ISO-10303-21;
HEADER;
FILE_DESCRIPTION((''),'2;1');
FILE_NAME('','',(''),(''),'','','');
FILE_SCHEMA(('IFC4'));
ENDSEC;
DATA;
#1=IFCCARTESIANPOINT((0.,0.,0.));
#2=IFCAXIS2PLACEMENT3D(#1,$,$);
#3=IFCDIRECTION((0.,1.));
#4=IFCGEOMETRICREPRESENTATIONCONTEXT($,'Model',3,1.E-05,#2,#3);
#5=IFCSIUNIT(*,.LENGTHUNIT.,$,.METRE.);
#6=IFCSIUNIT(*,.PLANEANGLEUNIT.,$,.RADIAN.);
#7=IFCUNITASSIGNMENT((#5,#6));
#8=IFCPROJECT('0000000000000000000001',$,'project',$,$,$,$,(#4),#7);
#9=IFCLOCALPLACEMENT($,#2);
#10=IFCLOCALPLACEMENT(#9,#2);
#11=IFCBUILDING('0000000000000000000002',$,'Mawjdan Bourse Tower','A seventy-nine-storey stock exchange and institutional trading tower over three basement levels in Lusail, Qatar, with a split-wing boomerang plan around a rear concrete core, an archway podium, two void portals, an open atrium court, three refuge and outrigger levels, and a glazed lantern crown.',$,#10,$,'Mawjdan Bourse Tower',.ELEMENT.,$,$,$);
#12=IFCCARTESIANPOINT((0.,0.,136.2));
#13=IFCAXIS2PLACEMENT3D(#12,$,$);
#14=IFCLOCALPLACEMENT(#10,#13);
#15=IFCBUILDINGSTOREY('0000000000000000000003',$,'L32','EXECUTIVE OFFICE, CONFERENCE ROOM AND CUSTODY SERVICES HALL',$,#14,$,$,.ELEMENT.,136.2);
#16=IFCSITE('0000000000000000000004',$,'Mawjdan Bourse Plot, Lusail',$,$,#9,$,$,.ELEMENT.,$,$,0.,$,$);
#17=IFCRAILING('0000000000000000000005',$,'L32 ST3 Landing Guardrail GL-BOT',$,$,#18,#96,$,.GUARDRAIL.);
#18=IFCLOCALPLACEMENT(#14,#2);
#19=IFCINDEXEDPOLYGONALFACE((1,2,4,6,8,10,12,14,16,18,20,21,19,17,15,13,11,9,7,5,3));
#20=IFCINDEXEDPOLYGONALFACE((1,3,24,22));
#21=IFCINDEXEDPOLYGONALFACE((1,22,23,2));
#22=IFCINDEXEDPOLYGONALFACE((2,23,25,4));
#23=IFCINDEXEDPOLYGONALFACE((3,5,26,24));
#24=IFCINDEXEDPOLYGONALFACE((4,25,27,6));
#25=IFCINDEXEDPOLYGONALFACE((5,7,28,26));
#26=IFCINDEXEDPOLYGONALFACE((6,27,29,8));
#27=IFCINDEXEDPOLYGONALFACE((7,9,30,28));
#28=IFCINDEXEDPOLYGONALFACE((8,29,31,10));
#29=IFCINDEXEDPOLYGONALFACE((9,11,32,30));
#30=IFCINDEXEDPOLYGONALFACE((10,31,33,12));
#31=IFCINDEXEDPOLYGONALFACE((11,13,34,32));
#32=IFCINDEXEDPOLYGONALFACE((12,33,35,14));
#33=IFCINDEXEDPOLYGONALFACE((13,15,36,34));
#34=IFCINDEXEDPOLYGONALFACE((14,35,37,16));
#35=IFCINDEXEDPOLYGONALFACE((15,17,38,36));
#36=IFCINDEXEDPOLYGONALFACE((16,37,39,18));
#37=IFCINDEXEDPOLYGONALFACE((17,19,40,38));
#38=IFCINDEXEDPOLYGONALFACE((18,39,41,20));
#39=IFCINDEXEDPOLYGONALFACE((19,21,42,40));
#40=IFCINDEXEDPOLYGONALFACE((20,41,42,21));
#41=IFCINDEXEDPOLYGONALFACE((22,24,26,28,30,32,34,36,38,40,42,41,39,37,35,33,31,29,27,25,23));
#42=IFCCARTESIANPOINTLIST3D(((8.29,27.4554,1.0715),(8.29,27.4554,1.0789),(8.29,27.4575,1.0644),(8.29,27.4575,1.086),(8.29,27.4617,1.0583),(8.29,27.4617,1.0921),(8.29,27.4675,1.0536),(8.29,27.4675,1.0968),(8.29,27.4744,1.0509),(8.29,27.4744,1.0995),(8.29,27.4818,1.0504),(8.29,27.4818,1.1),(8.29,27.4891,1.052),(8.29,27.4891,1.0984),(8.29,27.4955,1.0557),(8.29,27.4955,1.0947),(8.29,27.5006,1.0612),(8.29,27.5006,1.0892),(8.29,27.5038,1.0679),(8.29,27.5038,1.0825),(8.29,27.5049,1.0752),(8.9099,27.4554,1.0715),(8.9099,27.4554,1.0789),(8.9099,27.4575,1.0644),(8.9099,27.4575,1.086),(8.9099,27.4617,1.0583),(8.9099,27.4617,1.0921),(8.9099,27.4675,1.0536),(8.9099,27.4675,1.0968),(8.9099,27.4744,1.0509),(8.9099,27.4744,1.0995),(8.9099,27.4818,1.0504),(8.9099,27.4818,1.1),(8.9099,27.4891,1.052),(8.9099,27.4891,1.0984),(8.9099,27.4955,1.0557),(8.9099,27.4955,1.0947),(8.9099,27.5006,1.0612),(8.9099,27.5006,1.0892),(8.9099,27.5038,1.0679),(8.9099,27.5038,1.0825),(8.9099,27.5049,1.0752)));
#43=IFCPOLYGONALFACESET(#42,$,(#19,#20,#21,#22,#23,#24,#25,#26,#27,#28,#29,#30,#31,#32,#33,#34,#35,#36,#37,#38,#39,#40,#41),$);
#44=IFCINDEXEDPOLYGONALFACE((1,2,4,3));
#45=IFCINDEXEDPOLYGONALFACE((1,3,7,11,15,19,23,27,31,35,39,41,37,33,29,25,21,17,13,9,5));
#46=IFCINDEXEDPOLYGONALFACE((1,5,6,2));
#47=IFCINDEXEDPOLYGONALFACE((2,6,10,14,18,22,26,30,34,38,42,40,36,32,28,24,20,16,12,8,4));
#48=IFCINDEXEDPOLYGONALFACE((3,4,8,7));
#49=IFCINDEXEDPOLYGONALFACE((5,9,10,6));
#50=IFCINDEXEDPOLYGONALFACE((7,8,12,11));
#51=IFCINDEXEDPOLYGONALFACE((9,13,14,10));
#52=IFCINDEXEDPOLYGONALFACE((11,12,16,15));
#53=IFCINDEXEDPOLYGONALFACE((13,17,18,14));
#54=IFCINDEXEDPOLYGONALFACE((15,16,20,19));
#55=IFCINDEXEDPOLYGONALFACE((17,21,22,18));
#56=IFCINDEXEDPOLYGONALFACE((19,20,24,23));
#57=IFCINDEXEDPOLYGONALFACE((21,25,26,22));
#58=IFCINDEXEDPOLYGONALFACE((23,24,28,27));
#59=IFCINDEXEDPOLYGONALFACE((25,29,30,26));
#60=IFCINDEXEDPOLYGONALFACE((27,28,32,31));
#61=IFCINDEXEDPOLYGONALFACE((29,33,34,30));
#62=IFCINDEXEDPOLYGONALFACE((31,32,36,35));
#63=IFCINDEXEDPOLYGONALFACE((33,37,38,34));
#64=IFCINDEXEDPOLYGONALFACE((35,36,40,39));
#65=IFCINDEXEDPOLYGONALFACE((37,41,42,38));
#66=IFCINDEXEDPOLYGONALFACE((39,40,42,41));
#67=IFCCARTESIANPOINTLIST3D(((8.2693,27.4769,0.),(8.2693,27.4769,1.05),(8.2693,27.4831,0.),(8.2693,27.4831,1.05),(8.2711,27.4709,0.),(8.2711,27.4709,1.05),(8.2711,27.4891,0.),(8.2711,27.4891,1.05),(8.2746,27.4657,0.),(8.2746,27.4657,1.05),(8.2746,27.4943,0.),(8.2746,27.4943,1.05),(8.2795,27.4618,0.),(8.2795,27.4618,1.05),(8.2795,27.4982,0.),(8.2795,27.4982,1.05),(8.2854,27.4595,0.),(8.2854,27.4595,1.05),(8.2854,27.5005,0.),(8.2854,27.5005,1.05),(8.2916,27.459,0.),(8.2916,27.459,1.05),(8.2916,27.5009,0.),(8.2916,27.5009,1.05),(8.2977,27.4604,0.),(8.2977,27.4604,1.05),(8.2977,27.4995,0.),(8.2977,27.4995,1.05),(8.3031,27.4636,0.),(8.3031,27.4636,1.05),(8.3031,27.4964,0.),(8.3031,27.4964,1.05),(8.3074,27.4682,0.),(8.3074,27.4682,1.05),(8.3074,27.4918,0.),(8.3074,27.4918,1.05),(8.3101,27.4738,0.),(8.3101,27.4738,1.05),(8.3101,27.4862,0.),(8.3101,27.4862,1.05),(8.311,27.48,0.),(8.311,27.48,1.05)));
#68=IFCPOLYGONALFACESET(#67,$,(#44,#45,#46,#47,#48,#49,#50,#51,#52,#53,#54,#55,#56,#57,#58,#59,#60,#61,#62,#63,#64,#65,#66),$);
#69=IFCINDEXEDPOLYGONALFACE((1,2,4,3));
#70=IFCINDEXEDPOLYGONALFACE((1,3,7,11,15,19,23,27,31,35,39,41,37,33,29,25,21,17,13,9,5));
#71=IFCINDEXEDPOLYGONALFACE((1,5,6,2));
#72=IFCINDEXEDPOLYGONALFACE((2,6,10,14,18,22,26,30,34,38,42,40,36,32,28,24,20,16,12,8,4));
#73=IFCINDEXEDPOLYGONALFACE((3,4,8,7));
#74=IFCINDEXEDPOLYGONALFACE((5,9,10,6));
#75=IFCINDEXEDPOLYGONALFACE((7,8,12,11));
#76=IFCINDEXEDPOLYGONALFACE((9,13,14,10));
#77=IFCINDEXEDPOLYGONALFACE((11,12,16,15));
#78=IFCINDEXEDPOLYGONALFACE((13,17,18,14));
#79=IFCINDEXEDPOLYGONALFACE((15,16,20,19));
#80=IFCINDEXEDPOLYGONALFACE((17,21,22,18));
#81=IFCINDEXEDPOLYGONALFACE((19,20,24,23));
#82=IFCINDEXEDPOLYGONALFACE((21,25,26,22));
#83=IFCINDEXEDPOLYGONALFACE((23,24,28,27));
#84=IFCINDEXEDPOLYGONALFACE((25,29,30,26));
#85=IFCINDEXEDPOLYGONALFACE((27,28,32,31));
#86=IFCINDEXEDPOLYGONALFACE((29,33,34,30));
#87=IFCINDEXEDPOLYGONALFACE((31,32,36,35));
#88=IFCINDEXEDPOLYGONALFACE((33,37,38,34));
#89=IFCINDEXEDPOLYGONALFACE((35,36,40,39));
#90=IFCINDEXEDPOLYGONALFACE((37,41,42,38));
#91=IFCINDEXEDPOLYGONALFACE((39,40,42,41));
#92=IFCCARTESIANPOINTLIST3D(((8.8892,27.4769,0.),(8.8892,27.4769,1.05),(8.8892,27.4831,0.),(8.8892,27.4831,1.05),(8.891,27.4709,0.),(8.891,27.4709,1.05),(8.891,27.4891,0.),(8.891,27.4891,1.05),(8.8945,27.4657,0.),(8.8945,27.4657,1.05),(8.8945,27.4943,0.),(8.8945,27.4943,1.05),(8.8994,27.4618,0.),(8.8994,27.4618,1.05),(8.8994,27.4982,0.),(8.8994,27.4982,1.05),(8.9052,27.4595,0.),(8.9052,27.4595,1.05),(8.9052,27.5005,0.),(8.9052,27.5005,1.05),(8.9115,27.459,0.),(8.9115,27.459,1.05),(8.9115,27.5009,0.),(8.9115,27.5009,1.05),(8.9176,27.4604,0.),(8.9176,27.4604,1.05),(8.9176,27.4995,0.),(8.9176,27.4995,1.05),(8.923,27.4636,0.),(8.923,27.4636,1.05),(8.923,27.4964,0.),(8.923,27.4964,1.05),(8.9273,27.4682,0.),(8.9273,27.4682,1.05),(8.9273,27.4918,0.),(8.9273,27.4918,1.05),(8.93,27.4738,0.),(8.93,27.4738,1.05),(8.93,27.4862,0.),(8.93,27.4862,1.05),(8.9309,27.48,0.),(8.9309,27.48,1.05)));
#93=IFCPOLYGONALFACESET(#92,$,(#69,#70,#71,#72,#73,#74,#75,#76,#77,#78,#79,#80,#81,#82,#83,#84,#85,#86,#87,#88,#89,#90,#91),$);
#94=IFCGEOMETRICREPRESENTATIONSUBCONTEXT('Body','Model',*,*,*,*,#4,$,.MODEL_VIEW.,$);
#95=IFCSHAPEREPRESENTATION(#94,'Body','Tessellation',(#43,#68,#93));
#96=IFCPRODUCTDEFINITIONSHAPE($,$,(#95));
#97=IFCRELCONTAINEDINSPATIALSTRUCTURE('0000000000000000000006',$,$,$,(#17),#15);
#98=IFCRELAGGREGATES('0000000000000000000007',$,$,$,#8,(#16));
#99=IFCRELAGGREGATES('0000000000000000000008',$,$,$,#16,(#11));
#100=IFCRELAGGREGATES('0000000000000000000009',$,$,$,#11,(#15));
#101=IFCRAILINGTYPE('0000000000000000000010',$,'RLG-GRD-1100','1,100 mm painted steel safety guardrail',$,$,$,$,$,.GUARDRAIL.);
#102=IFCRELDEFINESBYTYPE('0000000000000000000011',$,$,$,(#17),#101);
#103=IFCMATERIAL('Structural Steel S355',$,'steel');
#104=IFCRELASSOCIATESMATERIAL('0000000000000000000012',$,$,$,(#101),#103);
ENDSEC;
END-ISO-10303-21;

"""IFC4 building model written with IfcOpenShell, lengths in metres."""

from ifc_helpers import new_model, si_unit, direction, frame, origin, origin_2d, place, context, subcontext, project, spatial, circle, extrude, material, type_object, element, save


model = new_model("IFC4")

# Units and contexts
model_context = context("Model", 3, precision=1e-05, world=origin(), true_north=direction((0.0, 1.0)))
body_context = subcontext(model_context, "Body", "Model", "MODEL_VIEW")
ifc_project = project(units=[si_unit("LENGTHUNIT", "METRE"), si_unit("PLANEANGLEUNIT", "RADIAN")], contexts=[model_context])

# Site, building, storey
site_placement = place(None, origin())
site = spatial("IfcSite", under=ifc_project, at=site_placement, Name="Mawjdan Bourse Plot, Lusail", CompositionType="ELEMENT", RefElevation=0.0)
building_placement = place(site_placement, origin())
building = spatial("IfcBuilding", under=site, at=building_placement, Name="Mawjdan Bourse Tower", Description="A seventy-nine-storey stock exchange and institutional trading tower over three basement levels in Lusail, Qatar, with a split-wing boomerang plan around a rear concrete core, an archway podium, two void portals, an open atrium court, three refuge and outrigger levels, and a glazed lantern crown.", LongName="Mawjdan Bourse Tower", CompositionType="ELEMENT")
storey_placement = place(building_placement, frame((0.0, 0.0, 136.2)))
storey = spatial("IfcBuildingStorey", under=building, at=storey_placement, Name="L32", Description="EXECUTIVE OFFICE, CONFERENCE ROOM AND CUSTODY SERVICES HALL", CompositionType="ELEMENT", Elevation=136.2)

# Shared definitions
ifc_material_1 = material(Name="Structural Steel S355", Category="steel")

# Railing
railing_type_1 = type_object("IfcRailingType", Name="RLG-GRD-1100", Description="1,100 mm painted steel safety guardrail", PredefinedType="GUARDRAIL", material=ifc_material_1)
for number, where, name in (
    (1, (8.29, 27.48, 0.0), "L32 ST3 Landing Guardrail GL-BOT"),
):
    element("IfcRailing", number, at=place(storey_placement, frame(where)), inside=storey, type_object=railing_type_1, Name=name, PredefinedType="GUARDRAIL", context=body_context, shape_type="SweptSolid", body=[
        extrude(circle(Radius=0.0249, at=origin_2d()), frame((0.0, 0.0, 1.0752), z_axis=(1.0, 0.0, 0.0), x_axis=(0.0, 1.0, 0.0)), (0.0, 0.0, 1.0), 0.6199),
        extrude(circle(Radius=0.021, at=origin_2d()), origin(), (0.0, 0.0, 1.0), 1.05),
        extrude(circle(Radius=0.021, at=origin_2d()), frame((0.6199, 0.0, 0.0)), (0.0, 0.0, 1.0), 1.05),
    ])

save(model, "model.ifc")
